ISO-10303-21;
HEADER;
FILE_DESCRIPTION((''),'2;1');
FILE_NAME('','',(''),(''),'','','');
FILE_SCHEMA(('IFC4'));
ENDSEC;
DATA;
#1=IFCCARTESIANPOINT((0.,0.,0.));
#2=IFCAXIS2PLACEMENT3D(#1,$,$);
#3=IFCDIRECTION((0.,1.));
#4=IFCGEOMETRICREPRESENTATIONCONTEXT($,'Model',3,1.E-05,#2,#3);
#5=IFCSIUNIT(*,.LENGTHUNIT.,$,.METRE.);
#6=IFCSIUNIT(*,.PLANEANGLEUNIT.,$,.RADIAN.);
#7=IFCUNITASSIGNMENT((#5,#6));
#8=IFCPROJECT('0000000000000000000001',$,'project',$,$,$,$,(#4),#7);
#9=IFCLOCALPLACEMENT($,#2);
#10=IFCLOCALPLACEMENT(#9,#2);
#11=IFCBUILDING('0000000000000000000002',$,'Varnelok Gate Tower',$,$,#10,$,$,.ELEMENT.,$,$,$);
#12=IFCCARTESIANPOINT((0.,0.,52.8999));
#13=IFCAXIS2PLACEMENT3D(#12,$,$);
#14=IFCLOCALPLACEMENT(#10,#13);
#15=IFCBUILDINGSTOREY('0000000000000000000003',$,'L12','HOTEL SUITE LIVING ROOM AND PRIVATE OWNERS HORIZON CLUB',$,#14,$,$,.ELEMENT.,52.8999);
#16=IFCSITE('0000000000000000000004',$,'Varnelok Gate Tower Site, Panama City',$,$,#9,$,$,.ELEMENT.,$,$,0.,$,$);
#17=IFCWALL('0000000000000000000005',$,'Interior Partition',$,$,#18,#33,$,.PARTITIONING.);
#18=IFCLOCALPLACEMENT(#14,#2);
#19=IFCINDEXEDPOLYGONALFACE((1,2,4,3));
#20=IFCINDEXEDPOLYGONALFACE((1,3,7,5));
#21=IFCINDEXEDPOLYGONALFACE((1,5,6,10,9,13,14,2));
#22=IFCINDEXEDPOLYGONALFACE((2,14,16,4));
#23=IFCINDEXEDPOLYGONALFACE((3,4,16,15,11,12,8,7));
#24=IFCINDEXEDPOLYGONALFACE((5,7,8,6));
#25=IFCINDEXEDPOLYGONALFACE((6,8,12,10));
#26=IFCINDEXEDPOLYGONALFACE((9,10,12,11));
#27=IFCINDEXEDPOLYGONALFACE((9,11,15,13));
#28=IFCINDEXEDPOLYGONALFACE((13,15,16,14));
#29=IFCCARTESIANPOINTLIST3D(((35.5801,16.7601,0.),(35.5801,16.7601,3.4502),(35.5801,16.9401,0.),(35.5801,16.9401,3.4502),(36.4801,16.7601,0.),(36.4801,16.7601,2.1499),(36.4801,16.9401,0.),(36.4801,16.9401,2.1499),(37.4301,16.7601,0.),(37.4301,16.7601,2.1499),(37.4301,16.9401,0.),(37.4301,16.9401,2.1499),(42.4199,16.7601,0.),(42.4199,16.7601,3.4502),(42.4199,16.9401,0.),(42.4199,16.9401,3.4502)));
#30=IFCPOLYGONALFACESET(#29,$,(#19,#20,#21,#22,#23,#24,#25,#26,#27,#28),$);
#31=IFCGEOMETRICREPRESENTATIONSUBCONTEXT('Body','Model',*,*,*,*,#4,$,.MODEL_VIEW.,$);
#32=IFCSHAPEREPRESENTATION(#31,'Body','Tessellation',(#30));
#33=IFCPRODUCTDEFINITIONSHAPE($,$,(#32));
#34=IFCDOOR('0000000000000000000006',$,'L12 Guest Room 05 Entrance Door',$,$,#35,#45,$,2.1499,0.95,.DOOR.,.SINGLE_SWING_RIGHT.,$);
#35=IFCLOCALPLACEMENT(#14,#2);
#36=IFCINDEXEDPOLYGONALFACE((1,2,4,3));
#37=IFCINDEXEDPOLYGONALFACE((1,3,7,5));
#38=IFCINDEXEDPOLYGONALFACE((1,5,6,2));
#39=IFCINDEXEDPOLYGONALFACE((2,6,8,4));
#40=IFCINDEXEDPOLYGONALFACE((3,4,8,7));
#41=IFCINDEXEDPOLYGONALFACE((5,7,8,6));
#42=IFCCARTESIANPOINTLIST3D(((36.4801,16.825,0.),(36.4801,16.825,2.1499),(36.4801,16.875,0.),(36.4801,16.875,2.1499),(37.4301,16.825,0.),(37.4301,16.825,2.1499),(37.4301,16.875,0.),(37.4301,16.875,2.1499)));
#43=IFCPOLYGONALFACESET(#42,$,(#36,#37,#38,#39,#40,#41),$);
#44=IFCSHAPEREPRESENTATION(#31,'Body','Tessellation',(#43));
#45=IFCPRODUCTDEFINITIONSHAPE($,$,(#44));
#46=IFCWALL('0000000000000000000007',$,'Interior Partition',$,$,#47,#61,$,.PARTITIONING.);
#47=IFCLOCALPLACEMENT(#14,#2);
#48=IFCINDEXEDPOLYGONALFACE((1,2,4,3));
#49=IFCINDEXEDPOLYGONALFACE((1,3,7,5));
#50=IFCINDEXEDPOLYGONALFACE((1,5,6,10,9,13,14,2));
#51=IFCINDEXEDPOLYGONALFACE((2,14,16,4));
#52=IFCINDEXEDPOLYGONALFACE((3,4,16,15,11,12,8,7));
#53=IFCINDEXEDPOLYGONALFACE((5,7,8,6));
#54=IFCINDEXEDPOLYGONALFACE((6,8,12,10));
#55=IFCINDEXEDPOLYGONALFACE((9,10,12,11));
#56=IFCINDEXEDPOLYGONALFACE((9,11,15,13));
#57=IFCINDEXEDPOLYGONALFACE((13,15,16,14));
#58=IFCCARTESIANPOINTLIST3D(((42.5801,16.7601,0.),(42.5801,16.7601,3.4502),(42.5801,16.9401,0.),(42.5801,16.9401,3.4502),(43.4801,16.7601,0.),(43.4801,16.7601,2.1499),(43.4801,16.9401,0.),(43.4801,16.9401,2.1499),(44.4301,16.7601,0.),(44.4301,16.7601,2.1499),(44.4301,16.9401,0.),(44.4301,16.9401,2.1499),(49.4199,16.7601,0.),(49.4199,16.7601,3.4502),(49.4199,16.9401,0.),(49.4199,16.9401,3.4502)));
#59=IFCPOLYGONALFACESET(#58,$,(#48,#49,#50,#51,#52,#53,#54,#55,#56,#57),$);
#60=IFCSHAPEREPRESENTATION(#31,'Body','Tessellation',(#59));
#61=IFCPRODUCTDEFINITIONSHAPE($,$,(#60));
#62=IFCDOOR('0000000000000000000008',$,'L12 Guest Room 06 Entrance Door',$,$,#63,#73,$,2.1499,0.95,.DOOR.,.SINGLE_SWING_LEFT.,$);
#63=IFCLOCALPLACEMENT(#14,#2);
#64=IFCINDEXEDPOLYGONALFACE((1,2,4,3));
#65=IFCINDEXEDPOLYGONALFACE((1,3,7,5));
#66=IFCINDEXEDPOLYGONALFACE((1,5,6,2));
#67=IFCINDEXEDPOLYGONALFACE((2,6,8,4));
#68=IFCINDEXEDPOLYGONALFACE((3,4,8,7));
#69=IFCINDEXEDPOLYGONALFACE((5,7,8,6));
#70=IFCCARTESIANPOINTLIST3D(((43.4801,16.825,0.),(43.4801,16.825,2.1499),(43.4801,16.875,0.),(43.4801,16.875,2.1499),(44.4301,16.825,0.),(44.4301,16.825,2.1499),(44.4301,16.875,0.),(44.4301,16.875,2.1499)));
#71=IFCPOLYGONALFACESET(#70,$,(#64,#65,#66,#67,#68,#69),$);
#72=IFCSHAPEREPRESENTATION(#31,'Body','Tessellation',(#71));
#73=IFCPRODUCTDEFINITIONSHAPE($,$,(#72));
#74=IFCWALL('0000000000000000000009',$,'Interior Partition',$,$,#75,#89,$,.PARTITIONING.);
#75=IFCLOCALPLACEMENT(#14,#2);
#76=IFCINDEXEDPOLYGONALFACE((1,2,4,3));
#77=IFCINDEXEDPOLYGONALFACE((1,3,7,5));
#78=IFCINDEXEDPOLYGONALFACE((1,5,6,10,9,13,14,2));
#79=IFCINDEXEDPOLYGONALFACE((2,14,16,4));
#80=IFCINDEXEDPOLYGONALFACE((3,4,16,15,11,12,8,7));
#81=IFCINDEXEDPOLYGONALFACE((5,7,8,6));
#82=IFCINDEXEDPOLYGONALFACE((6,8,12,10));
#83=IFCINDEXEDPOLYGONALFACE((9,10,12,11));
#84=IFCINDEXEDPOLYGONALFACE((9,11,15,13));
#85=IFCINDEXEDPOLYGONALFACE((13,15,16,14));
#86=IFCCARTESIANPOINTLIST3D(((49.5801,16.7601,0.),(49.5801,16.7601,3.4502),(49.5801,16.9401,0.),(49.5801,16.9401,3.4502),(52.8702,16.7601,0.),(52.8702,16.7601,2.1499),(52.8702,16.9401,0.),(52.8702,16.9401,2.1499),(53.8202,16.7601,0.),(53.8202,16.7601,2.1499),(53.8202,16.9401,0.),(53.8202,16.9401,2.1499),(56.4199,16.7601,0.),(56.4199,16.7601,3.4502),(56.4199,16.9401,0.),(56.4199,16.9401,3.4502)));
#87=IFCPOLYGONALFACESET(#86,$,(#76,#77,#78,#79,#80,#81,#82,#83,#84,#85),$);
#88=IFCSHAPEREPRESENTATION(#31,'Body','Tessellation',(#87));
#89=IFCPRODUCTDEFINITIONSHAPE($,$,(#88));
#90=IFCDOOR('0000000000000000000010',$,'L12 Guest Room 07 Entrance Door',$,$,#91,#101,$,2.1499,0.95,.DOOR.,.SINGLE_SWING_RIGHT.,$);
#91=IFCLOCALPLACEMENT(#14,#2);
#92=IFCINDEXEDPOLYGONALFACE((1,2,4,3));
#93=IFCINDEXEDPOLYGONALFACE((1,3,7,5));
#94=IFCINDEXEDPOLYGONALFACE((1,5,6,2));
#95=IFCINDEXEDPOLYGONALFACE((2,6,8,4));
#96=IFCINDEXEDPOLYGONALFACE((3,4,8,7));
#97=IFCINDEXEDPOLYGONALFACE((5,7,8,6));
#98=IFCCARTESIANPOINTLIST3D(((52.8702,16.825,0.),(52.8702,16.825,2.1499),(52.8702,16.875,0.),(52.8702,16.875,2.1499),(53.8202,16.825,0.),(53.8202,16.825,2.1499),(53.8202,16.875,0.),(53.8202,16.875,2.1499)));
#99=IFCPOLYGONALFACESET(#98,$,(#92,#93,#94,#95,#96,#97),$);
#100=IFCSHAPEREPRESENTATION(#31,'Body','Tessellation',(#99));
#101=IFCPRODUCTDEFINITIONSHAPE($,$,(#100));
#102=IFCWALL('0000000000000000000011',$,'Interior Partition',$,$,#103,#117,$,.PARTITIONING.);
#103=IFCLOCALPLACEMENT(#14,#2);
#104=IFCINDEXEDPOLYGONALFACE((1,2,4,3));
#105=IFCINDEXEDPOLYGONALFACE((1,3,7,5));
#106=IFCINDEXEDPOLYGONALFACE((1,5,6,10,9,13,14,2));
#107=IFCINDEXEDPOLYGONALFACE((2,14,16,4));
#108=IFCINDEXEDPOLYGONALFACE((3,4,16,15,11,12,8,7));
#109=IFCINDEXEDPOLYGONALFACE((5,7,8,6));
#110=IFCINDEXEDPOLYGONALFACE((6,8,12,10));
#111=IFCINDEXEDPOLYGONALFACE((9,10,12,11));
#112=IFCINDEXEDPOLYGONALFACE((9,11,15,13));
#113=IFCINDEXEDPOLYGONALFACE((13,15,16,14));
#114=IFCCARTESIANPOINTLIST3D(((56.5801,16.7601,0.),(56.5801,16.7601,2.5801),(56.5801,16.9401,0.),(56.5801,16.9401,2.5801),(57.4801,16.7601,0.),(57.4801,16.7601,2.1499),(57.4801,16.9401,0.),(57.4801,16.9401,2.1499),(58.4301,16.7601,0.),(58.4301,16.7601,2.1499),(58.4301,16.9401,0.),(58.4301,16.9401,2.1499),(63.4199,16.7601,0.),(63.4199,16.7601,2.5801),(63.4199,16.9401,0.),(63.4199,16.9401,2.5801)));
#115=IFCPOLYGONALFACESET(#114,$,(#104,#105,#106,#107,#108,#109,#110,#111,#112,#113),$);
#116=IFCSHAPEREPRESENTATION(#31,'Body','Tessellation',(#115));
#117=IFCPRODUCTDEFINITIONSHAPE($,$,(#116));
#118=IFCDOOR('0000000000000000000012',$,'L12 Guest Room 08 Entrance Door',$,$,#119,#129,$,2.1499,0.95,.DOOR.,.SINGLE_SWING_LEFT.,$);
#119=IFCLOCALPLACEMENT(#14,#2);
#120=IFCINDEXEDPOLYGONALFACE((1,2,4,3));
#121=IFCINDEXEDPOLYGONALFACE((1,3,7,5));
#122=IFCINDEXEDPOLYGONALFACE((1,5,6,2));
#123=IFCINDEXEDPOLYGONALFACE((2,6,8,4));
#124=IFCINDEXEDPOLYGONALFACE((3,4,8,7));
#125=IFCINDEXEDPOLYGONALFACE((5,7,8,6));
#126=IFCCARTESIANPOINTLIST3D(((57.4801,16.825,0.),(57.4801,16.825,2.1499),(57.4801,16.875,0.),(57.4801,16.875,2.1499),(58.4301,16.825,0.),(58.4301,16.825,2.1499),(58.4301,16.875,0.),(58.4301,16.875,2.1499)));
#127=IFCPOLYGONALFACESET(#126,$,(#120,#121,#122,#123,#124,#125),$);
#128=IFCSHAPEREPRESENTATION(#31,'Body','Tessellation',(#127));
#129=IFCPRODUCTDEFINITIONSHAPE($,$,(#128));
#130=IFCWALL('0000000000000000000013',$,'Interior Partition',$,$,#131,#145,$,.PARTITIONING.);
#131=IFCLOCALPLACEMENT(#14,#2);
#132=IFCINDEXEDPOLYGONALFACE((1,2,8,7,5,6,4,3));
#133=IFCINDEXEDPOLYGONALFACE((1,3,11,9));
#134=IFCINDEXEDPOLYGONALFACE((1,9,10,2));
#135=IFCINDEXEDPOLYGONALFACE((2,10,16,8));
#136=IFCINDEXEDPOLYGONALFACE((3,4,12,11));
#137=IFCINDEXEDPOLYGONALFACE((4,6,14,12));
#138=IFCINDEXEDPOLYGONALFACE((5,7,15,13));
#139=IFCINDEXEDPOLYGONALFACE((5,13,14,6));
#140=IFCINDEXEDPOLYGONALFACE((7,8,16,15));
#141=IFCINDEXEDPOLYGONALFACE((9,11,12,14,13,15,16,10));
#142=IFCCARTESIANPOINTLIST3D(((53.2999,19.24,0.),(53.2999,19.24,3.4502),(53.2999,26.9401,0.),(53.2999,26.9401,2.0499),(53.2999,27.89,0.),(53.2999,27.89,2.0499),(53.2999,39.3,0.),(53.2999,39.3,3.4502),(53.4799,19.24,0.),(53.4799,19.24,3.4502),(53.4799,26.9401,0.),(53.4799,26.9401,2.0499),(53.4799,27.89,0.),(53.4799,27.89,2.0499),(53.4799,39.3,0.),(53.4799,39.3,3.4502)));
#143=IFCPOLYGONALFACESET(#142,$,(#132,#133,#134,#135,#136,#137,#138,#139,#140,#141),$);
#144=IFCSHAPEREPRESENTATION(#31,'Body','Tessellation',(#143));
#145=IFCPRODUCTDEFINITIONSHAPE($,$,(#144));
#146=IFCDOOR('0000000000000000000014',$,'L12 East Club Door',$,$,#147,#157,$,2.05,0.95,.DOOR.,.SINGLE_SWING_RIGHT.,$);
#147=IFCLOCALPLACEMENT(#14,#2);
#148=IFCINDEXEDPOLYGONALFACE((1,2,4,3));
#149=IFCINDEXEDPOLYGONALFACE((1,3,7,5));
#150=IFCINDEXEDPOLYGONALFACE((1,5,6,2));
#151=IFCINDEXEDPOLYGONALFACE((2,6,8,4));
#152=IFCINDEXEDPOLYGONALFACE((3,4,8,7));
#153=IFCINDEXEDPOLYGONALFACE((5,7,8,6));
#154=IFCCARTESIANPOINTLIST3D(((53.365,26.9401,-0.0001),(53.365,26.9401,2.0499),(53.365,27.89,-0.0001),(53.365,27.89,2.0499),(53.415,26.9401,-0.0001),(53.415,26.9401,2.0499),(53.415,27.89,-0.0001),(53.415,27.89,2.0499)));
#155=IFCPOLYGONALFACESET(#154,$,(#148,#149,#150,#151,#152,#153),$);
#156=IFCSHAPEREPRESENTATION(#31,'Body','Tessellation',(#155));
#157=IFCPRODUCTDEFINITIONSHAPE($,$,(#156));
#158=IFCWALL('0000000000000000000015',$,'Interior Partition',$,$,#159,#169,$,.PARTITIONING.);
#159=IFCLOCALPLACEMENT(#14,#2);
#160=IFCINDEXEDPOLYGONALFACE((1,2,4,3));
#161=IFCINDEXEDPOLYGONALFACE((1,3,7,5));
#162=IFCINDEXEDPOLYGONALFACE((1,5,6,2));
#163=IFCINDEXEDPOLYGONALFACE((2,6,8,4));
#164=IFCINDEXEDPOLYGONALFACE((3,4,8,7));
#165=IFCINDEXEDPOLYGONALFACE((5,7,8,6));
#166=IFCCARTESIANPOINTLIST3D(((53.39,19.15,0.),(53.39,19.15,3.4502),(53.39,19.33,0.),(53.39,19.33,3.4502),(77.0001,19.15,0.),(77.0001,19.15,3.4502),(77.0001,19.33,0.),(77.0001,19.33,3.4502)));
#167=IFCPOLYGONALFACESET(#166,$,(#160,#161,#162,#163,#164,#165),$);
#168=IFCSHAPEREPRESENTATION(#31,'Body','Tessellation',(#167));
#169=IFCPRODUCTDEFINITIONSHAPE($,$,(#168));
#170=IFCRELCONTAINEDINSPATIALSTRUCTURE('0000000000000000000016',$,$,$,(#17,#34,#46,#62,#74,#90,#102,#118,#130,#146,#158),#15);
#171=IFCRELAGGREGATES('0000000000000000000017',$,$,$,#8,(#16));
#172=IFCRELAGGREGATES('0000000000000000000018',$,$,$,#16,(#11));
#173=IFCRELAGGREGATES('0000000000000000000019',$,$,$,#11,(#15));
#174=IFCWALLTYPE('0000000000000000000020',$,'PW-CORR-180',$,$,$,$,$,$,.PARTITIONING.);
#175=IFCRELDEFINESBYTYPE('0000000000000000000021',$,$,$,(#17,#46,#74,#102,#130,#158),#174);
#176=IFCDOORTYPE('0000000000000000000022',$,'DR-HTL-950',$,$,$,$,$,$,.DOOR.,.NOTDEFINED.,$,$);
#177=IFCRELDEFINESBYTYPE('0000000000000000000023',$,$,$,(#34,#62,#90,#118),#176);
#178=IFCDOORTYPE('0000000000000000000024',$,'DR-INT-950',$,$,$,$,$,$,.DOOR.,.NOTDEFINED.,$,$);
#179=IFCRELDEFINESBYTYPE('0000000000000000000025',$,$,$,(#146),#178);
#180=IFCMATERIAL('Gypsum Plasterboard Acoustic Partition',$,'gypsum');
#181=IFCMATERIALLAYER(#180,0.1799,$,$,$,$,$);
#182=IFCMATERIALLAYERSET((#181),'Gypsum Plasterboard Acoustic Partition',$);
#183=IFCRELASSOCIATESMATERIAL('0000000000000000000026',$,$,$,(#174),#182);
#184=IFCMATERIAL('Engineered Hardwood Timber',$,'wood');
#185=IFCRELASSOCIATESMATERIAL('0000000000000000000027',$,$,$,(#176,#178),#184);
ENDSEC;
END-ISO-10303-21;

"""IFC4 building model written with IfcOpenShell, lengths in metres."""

from ifc_helpers import new_model, si_unit, direction, frame, frame_2d, origin, place, context, subcontext, project, spatial, rectangle, extrude, material, layer, layer_set, type_object, element, fill, save


model = new_model("IFC4")

# Units and contexts
model_context = context("Model", 3, precision=1e-05, world=origin(), true_north=direction((0.0, 1.0)))
body_context = subcontext(model_context, "Body", "Model", "MODEL_VIEW")
ifc_project = project(units=[si_unit("LENGTHUNIT", "METRE"), si_unit("PLANEANGLEUNIT", "RADIAN")], contexts=[model_context])

# Site, building, storey
site_placement = place(None, origin())
site = spatial("IfcSite", under=ifc_project, at=site_placement, Name="Varnelok Gate Tower Site, Panama City", CompositionType="ELEMENT", RefElevation=0.0)
building_placement = place(site_placement, origin())
building = spatial("IfcBuilding", under=site, at=building_placement, Name="Varnelok Gate Tower", CompositionType="ELEMENT")
storey_placement = place(building_placement, frame((0.0, 0.0, 52.8999)))
storey = spatial("IfcBuildingStorey", under=building, at=storey_placement, Name="L12", Description="HOTEL SUITE LIVING ROOM AND PRIVATE OWNERS HORIZON CLUB", CompositionType="ELEMENT", Elevation=52.8999)

# Walls, openings, doors
ifc_material_1 = material(Name="Gypsum Plasterboard Acoustic Partition", Category="gypsum")
ifc_layer_1 = layer(ifc_material_1, 0.1799)
ifc_layer_set_1 = layer_set([ifc_layer_1], Name="Gypsum Plasterboard Acoustic Partition")
wall_type_1 = type_object("IfcWallType", Name="PW-CORR-180", PredefinedType="PARTITIONING", material=ifc_layer_set_1)
wall_1_placement = place(storey_placement, frame((35.5801, 16.8501, 0.0), z_axis=(0.0, 0.0, 1.0), x_axis=(1.0, 0.0, 0.0)))
wall_1 = element("IfcWall", 1, at=wall_1_placement, inside=storey, type_object=wall_type_1, Name="Interior Partition", PredefinedType="PARTITIONING", context=body_context, shape_type="SweptSolid", body=[
    extrude(rectangle(XDim=6.8398, YDim=0.1799, at=frame_2d((3.4199, 0.0))), origin(), (0.0, 0.0, 1.0), 3.4502),
])
opening_1_placement = place(wall_1_placement, frame((0.8999, 0.0, 0.0)))
opening_1 = element("IfcOpeningElement", 2, at=opening_1_placement, cuts=wall_1, PredefinedType="OPENING", context=body_context, shape_type="SweptSolid", body=[
    extrude(rectangle(XDim=0.95, YDim=2.1499, at=frame_2d((0.4751, 1.075))), frame((0.0, 0.0999, 0.0), z_axis=(0.0, -1.0, 0.0), x_axis=(1.0, 0.0, 0.0)), (0.0, 0.0, 1.0), 0.2),
])
ifc_material_2 = material(Name="Engineered Hardwood Timber", Category="wood")
door_type_1 = type_object("IfcDoorType", Name="DR-HTL-950", OperationType="NOTDEFINED", PredefinedType="DOOR", material=ifc_material_2)
door_1_placement = place(opening_1_placement, origin())
door_1 = element("IfcDoor", 3, at=door_1_placement, inside=storey, type_object=door_type_1, Name="L12 Guest Room 05 Entrance Door", OperationType="SINGLE_SWING_RIGHT", OverallHeight=2.1499, OverallWidth=0.95, PredefinedType="DOOR", context=body_context, shape_type="SweptSolid", body=[
    extrude(rectangle(XDim=0.95, YDim=2.1499, at=frame_2d((0.4751, 1.075))), frame((0.0, 0.0249, 0.0), z_axis=(0.0, -1.0, 0.0), x_axis=(1.0, 0.0, 0.0)), (0.0, 0.0, 1.0), 0.05),
])
fill(opening_1, door_1)
wall_2_placement = place(storey_placement, frame((42.5801, 16.8501, 0.0), z_axis=(0.0, 0.0, 1.0), x_axis=(1.0, 0.0, 0.0)))
wall_2 = element("IfcWall", 4, at=wall_2_placement, inside=storey, type_object=wall_type_1, Name="Interior Partition", PredefinedType="PARTITIONING", context=body_context, shape_type="SweptSolid", body=[
    extrude(rectangle(XDim=6.8398, YDim=0.1799, at=frame_2d((3.4199, 0.0))), origin(), (0.0, 0.0, 1.0), 3.4502),
])
opening_2_placement = place(wall_2_placement, frame((0.8999, 0.0, 0.0)))
opening_2 = element("IfcOpeningElement", 5, at=opening_2_placement, cuts=wall_2, PredefinedType="OPENING", context=body_context, shape_type="SweptSolid", body=[
    extrude(rectangle(XDim=0.95, YDim=2.1499, at=frame_2d((0.4751, 1.075))), frame((0.0, 0.0999, 0.0), z_axis=(0.0, -1.0, 0.0), x_axis=(1.0, 0.0, 0.0)), (0.0, 0.0, 1.0), 0.2),
])
door_2_placement = place(opening_2_placement, origin())
door_2 = element("IfcDoor", 6, at=door_2_placement, inside=storey, type_object=door_type_1, Name="L12 Guest Room 06 Entrance Door", OperationType="SINGLE_SWING_LEFT", OverallHeight=2.1499, OverallWidth=0.95, PredefinedType="DOOR", context=body_context, shape_type="SweptSolid", body=[
    extrude(rectangle(XDim=0.95, YDim=2.1499, at=frame_2d((0.4751, 1.075))), frame((0.0, 0.0249, 0.0), z_axis=(0.0, -1.0, 0.0), x_axis=(1.0, 0.0, 0.0)), (0.0, 0.0, 1.0), 0.05),
])
fill(opening_2, door_2)
wall_3_placement = place(storey_placement, frame((49.5801, 16.8501, 0.0), z_axis=(0.0, 0.0, 1.0), x_axis=(1.0, 0.0, 0.0)))
wall_3 = element("IfcWall", 7, at=wall_3_placement, inside=storey, type_object=wall_type_1, Name="Interior Partition", PredefinedType="PARTITIONING", context=body_context, shape_type="SweptSolid", body=[
    extrude(rectangle(XDim=6.8398, YDim=0.1799, at=frame_2d((3.4199, 0.0))), origin(), (0.0, 0.0, 1.0), 3.4502),
])
opening_3_placement = place(wall_3_placement, frame((3.29, 0.0, 0.0)))
opening_3 = element("IfcOpeningElement", 8, at=opening_3_placement, cuts=wall_3, PredefinedType="OPENING", context=body_context, shape_type="SweptSolid", body=[
    extrude(rectangle(XDim=0.95, YDim=2.1499, at=frame_2d((0.4751, 1.075))), frame((0.0, 0.0999, 0.0), z_axis=(0.0, -1.0, 0.0), x_axis=(1.0, 0.0, 0.0)), (0.0, 0.0, 1.0), 0.2),
])
door_3_placement = place(opening_3_placement, origin())
door_3 = element("IfcDoor", 9, at=door_3_placement, inside=storey, type_object=door_type_1, Name="L12 Guest Room 07 Entrance Door", OperationType="SINGLE_SWING_RIGHT", OverallHeight=2.1499, OverallWidth=0.95, PredefinedType="DOOR", context=body_context, shape_type="SweptSolid", body=[
    extrude(rectangle(XDim=0.95, YDim=2.1499, at=frame_2d((0.4751, 1.075))), frame((0.0, 0.0249, 0.0), z_axis=(0.0, -1.0, 0.0), x_axis=(1.0, 0.0, 0.0)), (0.0, 0.0, 1.0), 0.05),
])
fill(opening_3, door_3)
wall_4_placement = place(storey_placement, frame((56.5801, 16.8501, 0.0), z_axis=(0.0, 0.0, 1.0), x_axis=(1.0, 0.0, 0.0)))
wall_4 = element("IfcWall", 10, at=wall_4_placement, inside=storey, type_object=wall_type_1, Name="Interior Partition", PredefinedType="PARTITIONING", context=body_context, shape_type="SweptSolid", body=[
    extrude(rectangle(XDim=6.8398, YDim=0.1799, at=frame_2d((3.4199, 0.0))), origin(), (0.0, 0.0, 1.0), 2.5801),
])
opening_4_placement = place(wall_4_placement, frame((0.8999, 0.0, 0.0)))
opening_4 = element("IfcOpeningElement", 11, at=opening_4_placement, cuts=wall_4, PredefinedType="OPENING", context=body_context, shape_type="SweptSolid", body=[
    extrude(rectangle(XDim=0.95, YDim=2.1499, at=frame_2d((0.4751, 1.075))), frame((0.0, 0.0999, 0.0), z_axis=(0.0, -1.0, 0.0), x_axis=(1.0, 0.0, 0.0)), (0.0, 0.0, 1.0), 0.2),
])
door_4_placement = place(opening_4_placement, origin())
door_4 = element("IfcDoor", 12, at=door_4_placement, inside=storey, type_object=door_type_1, Name="L12 Guest Room 08 Entrance Door", OperationType="SINGLE_SWING_LEFT", OverallHeight=2.1499, OverallWidth=0.95, PredefinedType="DOOR", context=body_context, shape_type="SweptSolid", body=[
    extrude(rectangle(XDim=0.95, YDim=2.1499, at=frame_2d((0.4751, 1.075))), frame((0.0, 0.0249, 0.0), z_axis=(0.0, -1.0, 0.0), x_axis=(1.0, 0.0, 0.0)), (0.0, 0.0, 1.0), 0.05),
])
fill(opening_4, door_4)
wall_5_placement = place(storey_placement, frame((53.3899, 19.24, 0.0), z_axis=(0.0, 0.0, 1.0), x_axis=(0.0, 1.0, 0.0)))
wall_5 = element("IfcWall", 13, at=wall_5_placement, inside=storey, type_object=wall_type_1, Name="Interior Partition", PredefinedType="PARTITIONING", context=body_context, shape_type="SweptSolid", body=[
    extrude(rectangle(XDim=20.0601, YDim=0.1799, at=frame_2d((10.03, 0.0))), origin(), (0.0, 0.0, 1.0), 3.4502),
])
opening_5_placement = place(wall_5_placement, frame((7.7, 0.0, 0.0)))
opening_5 = element("IfcOpeningElement", 14, at=opening_5_placement, cuts=wall_5, PredefinedType="OPENING", context=body_context, shape_type="SweptSolid", body=[
    extrude(rectangle(XDim=0.95, YDim=2.05, at=frame_2d((0.4751, 1.0249))), frame((0.0, 0.0999, 0.0), z_axis=(0.0, -1.0, 0.0), x_axis=(1.0, 0.0, 0.0)), (0.0, 0.0, 1.0), 0.2),
])
door_type_2 = type_object("IfcDoorType", Name="DR-INT-950", OperationType="NOTDEFINED", PredefinedType="DOOR", material=ifc_material_2)
door_5_placement = place(opening_5_placement, origin())
door_5 = element("IfcDoor", 15, at=door_5_placement, inside=storey, type_object=door_type_2, Name="L12 East Club Door", OperationType="SINGLE_SWING_RIGHT", OverallHeight=2.05, OverallWidth=0.95, PredefinedType="DOOR", context=body_context, shape_type="SweptSolid", body=[
    extrude(rectangle(XDim=0.95, YDim=2.05, at=frame_2d((0.4751, 1.0249))), frame((0.0, 0.0249, 0.0), z_axis=(0.0, -1.0, 0.0), x_axis=(1.0, 0.0, 0.0)), (0.0, 0.0, 1.0), 0.05),
])
fill(opening_5, door_5)

# Wall
wall_6_placement = place(storey_placement, frame((53.3899, 19.24, 0.0), z_axis=(0.0, 0.0, 1.0), x_axis=(1.0, 0.0, 0.0)))
element("IfcWall", 16, at=wall_6_placement, inside=storey, type_object=wall_type_1, Name="Interior Partition", PredefinedType="PARTITIONING", context=body_context, shape_type="SweptSolid", body=[
    extrude(rectangle(XDim=23.6101, YDim=0.1799, at=frame_2d((11.8052, 0.0))), origin(), (0.0, 0.0, 1.0), 3.4502),
])

save(model, "model.ifc")
